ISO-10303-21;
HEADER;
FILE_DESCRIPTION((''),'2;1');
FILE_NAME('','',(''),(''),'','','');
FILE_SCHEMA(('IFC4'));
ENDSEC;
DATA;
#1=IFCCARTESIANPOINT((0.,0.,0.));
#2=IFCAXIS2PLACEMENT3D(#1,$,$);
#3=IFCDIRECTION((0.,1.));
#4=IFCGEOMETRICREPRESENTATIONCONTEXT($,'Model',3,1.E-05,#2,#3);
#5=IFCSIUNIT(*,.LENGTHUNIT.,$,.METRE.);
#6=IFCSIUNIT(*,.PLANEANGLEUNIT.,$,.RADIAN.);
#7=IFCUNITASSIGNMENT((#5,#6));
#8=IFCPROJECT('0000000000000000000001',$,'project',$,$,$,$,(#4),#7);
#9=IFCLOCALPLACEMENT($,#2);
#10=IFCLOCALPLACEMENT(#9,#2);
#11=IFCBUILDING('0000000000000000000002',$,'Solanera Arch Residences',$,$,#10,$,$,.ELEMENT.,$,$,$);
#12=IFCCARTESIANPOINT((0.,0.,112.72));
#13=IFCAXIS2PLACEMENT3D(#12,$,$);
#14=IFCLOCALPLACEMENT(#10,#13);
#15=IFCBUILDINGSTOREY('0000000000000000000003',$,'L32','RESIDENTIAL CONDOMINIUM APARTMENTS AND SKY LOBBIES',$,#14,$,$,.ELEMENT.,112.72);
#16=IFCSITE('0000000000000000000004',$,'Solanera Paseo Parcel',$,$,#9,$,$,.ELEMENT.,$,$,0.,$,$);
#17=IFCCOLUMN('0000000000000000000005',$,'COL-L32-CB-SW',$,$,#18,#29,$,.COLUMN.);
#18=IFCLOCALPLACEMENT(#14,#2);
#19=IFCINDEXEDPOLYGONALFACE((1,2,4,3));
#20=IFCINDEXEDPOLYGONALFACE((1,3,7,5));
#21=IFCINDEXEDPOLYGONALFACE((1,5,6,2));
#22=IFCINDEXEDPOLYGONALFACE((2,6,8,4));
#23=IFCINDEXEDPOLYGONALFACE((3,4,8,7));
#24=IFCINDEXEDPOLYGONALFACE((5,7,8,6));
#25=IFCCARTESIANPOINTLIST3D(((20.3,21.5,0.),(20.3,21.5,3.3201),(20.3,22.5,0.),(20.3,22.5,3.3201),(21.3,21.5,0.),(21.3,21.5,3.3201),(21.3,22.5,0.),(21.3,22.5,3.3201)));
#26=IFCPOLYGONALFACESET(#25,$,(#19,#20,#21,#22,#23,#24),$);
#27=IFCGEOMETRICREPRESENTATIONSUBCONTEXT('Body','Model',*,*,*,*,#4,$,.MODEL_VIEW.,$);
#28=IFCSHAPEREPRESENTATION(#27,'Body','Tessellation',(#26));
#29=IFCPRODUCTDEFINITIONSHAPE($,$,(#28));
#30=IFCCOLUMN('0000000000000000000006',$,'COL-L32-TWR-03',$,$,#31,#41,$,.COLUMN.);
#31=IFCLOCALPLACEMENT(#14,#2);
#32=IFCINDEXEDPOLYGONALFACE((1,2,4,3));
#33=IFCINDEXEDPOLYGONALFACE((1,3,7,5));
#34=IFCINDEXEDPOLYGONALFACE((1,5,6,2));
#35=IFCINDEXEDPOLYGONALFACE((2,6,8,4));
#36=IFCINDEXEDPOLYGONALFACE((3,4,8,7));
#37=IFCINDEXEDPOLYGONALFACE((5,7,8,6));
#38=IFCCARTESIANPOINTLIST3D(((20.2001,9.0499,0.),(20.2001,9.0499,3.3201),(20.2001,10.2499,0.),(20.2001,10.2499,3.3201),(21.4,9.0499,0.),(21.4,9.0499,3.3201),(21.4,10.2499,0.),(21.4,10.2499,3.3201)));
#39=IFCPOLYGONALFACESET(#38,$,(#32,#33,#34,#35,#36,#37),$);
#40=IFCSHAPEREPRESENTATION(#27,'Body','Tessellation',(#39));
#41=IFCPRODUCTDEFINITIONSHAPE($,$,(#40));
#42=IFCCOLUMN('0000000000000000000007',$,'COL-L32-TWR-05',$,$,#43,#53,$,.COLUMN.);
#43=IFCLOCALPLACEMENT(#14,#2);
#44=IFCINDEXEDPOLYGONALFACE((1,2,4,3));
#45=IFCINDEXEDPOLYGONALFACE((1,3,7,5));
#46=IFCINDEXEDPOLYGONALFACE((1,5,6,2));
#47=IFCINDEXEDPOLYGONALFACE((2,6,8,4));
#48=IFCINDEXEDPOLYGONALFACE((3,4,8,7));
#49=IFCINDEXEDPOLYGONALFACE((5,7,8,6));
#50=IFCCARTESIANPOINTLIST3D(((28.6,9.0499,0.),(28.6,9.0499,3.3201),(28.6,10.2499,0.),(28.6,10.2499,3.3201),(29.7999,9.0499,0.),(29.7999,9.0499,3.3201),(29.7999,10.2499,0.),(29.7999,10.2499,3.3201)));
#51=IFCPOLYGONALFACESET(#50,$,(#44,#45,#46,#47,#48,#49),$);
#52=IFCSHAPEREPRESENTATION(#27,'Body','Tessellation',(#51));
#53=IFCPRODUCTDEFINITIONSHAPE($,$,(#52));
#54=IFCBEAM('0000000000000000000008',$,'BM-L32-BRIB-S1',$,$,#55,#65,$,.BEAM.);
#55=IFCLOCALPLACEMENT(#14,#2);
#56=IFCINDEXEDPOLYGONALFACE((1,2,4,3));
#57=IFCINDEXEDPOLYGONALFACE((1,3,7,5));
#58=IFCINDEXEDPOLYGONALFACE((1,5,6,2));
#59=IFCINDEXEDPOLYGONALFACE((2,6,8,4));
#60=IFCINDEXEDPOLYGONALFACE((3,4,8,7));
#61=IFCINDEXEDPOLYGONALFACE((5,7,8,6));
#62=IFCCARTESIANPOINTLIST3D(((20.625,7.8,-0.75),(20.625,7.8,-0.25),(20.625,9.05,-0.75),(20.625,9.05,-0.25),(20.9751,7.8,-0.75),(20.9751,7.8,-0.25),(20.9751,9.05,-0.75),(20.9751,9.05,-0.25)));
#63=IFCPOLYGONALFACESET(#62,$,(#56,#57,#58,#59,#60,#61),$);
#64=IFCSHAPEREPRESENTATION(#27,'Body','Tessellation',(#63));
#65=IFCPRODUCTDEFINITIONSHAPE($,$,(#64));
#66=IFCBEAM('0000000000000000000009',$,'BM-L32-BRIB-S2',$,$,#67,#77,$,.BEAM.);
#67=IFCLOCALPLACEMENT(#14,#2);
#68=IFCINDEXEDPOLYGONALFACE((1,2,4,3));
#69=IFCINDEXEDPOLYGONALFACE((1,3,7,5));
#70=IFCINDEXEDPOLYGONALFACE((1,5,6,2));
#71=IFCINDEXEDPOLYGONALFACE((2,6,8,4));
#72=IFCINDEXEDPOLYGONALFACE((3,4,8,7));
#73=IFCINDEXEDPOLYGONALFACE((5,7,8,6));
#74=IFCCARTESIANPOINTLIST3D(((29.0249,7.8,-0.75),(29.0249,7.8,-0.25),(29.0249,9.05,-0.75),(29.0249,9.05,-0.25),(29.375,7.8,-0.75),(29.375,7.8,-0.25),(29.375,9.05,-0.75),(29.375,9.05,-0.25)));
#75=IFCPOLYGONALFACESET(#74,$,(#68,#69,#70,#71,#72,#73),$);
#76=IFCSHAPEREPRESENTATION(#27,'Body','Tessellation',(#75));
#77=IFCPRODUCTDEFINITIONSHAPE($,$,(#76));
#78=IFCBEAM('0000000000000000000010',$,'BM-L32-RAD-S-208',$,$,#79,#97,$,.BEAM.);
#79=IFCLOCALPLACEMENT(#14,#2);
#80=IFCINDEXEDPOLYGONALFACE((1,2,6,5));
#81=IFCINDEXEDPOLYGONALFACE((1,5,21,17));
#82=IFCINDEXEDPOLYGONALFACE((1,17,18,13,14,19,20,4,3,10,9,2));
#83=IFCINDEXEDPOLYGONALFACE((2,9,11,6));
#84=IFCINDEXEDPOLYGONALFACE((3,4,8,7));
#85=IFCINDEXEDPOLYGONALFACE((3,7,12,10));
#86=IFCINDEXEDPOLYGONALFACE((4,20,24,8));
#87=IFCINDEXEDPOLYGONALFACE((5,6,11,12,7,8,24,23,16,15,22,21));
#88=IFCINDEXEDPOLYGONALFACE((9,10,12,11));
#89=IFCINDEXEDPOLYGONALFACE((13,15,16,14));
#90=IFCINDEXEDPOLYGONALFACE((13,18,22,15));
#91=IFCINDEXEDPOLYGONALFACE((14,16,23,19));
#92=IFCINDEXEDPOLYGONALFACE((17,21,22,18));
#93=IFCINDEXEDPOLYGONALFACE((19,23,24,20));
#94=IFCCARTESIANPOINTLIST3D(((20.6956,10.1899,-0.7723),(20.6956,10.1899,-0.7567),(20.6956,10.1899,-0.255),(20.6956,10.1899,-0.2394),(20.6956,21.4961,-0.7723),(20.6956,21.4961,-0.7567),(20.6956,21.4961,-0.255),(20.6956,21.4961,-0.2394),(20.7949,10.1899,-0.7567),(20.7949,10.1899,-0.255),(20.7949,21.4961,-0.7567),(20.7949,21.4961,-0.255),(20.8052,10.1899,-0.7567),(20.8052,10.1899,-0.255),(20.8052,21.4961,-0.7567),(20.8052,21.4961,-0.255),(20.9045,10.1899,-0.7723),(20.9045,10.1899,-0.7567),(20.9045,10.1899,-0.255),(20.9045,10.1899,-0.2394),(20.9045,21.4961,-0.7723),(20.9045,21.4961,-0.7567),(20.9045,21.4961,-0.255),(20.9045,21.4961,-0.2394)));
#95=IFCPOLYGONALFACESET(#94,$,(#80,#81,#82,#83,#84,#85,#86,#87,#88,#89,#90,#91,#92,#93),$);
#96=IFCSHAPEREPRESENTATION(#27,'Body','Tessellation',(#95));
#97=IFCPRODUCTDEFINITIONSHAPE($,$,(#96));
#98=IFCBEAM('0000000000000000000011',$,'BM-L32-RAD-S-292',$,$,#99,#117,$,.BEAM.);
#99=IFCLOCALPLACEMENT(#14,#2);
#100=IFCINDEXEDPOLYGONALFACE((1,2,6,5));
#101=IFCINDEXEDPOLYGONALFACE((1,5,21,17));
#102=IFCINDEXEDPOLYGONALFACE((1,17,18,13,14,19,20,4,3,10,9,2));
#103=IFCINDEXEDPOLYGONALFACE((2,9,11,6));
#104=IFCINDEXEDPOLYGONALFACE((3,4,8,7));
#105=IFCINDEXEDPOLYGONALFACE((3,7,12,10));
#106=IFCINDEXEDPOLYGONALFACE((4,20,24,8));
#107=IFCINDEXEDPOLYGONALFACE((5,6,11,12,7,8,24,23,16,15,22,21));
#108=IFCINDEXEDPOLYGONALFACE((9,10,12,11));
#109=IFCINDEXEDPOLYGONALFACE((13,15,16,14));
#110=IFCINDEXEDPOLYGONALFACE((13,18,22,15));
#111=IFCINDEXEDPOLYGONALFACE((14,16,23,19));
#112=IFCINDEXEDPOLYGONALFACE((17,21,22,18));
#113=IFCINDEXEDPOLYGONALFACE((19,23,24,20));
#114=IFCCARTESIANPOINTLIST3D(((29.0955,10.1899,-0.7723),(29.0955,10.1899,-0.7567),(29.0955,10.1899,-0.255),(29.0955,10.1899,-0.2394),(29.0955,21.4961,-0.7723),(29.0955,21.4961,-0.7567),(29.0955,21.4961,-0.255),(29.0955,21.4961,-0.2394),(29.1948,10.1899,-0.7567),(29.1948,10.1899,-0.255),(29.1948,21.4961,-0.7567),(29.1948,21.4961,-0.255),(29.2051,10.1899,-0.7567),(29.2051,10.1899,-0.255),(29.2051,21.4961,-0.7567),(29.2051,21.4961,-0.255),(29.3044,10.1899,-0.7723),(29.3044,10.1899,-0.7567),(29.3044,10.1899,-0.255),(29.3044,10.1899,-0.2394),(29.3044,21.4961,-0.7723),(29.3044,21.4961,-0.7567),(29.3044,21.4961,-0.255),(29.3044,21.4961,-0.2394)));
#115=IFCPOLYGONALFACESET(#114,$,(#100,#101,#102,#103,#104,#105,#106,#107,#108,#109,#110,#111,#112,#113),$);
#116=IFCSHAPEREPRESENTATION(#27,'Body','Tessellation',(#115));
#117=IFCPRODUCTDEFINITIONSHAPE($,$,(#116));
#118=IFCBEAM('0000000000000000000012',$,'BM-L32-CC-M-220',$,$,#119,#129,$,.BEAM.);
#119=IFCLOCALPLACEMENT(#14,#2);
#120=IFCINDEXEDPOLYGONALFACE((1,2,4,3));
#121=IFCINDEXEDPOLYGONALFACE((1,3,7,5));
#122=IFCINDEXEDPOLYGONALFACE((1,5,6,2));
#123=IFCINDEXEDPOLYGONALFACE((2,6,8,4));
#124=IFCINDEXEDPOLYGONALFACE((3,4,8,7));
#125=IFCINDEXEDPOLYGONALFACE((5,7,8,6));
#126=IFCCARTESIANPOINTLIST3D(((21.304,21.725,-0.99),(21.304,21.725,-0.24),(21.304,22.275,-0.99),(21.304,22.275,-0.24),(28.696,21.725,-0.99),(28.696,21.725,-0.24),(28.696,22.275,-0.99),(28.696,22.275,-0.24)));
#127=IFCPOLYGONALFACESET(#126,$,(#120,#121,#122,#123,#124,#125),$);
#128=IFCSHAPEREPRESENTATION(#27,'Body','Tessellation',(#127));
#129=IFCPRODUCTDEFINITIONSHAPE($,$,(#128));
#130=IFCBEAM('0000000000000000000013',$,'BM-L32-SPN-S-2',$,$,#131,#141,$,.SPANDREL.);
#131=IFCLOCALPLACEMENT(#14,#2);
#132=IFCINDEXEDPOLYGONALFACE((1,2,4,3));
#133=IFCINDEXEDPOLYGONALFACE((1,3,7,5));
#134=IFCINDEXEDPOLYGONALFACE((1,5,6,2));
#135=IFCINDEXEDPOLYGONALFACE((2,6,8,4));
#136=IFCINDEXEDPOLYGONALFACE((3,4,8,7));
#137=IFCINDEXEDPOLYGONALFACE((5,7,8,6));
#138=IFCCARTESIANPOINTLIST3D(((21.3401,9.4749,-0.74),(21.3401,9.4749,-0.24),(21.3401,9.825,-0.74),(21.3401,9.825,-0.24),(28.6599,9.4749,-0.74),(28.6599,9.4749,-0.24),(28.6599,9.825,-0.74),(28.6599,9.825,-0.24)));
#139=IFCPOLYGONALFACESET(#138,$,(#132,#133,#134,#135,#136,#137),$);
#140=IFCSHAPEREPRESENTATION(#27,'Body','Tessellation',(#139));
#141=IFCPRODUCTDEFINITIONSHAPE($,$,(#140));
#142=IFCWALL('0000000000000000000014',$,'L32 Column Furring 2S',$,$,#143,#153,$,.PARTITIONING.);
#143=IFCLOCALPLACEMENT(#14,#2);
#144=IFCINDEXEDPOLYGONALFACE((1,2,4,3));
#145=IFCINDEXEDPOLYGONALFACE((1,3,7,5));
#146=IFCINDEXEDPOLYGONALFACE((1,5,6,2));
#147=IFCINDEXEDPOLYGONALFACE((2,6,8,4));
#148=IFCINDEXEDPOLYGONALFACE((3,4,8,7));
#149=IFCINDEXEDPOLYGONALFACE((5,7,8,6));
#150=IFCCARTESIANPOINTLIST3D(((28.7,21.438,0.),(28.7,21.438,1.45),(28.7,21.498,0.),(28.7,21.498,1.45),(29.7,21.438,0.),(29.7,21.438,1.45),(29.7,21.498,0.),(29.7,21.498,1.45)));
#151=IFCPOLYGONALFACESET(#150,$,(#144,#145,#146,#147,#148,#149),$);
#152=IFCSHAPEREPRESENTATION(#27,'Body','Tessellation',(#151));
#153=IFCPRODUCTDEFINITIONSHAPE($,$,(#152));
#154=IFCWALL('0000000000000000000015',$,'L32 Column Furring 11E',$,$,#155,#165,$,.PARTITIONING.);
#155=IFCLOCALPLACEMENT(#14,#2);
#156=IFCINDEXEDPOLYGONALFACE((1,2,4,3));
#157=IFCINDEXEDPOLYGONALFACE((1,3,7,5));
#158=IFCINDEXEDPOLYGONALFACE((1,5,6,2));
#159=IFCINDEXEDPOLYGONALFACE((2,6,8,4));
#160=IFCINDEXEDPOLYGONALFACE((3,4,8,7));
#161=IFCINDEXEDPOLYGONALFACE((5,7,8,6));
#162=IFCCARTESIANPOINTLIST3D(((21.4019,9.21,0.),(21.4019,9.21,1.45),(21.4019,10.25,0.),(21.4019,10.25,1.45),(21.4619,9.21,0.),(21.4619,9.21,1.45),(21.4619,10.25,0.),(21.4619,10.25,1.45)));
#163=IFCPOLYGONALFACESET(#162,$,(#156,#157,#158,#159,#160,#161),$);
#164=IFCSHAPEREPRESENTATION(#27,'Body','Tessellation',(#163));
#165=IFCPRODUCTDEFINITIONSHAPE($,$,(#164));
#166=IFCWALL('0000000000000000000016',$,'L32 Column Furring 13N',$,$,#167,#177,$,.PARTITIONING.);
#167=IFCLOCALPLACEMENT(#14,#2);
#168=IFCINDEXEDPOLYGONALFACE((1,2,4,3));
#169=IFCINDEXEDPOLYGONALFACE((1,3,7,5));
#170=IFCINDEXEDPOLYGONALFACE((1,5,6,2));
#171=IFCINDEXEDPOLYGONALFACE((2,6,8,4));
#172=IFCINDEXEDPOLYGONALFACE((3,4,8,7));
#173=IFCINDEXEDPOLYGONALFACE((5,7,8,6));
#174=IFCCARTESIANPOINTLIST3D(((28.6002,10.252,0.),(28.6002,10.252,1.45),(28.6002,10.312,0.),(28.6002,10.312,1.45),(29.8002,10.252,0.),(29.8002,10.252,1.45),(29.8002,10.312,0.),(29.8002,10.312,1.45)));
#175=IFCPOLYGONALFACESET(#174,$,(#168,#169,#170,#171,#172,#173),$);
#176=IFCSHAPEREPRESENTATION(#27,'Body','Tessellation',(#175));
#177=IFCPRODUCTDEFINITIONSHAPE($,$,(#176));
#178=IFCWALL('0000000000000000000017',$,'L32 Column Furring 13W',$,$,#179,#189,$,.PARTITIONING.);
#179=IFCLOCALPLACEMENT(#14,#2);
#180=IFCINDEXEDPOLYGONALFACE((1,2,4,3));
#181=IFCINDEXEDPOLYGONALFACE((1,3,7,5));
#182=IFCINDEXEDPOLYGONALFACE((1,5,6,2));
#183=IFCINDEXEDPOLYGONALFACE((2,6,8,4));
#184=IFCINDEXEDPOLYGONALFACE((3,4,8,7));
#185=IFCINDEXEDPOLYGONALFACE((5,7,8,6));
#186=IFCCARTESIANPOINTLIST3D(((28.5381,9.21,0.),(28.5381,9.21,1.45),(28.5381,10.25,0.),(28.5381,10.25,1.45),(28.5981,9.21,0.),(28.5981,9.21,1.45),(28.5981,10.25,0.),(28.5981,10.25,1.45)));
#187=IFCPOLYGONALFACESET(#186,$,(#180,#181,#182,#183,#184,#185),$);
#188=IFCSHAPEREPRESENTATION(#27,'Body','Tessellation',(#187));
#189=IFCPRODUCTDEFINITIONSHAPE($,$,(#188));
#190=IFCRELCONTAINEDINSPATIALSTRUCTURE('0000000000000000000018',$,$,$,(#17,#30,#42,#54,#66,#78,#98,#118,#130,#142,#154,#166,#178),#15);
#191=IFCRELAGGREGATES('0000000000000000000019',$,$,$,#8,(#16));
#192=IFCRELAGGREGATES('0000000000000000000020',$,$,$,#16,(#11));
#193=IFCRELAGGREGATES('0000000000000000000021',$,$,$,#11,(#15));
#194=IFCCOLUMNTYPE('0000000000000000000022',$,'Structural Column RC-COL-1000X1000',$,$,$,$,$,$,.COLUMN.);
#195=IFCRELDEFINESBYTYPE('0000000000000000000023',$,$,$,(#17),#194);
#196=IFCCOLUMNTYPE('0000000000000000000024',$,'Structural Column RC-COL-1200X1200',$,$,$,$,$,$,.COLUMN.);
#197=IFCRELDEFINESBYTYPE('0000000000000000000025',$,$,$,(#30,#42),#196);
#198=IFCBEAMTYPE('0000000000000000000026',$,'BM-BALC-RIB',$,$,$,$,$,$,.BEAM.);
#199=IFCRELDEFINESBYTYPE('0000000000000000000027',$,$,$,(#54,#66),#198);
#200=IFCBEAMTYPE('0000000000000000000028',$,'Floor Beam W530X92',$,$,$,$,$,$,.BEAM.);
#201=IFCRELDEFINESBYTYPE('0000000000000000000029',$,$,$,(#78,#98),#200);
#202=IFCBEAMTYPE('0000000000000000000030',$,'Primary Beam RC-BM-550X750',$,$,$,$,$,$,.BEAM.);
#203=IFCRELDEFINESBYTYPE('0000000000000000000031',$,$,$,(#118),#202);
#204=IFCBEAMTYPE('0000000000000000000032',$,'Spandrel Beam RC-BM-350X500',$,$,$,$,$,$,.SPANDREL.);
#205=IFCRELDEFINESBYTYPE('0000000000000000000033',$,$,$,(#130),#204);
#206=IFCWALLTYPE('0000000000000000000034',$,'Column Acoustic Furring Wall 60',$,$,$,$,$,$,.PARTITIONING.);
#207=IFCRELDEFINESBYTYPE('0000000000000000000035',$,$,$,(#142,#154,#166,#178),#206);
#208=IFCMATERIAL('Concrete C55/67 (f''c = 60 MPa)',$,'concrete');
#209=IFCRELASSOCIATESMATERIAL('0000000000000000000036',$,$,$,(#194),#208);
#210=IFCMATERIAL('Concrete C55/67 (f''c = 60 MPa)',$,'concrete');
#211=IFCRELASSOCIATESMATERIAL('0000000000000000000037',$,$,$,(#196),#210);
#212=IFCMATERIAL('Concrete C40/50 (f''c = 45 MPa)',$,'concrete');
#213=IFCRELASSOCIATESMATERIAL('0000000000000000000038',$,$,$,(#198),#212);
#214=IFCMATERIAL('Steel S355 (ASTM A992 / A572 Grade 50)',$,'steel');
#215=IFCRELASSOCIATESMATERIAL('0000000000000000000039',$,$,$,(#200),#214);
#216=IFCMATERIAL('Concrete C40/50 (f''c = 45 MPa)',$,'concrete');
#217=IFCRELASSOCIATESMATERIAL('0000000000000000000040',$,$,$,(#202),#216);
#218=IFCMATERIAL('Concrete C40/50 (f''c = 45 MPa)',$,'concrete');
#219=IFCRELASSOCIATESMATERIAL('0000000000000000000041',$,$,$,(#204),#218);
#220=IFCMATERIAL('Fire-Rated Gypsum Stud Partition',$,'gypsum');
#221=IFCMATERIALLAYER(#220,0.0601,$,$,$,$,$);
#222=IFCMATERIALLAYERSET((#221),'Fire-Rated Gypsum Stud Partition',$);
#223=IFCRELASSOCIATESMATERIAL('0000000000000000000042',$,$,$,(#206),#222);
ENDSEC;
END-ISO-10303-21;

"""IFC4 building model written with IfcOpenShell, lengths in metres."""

from ifc_helpers import new_model, si_unit, direction, frame, frame_2d, origin, origin_2d, place, context, subcontext, project, spatial, rectangle, i_section, extrude, material, layer, layer_set, material_profile, profile_set, type_object, element, save


model = new_model("IFC4")

# Units and contexts
model_context = context("Model", 3, precision=1e-05, world=origin(), true_north=direction((0.0, 1.0)))
body_context = subcontext(model_context, "Body", "Model", "MODEL_VIEW")
ifc_project = project(units=[si_unit("LENGTHUNIT", "METRE"), si_unit("PLANEANGLEUNIT", "RADIAN")], contexts=[model_context])

# Site, building, storey
site_placement = place(None, origin())
site = spatial("IfcSite", under=ifc_project, at=site_placement, Name="Solanera Paseo Parcel", CompositionType="ELEMENT", RefElevation=0.0)
building_placement = place(site_placement, origin())
building = spatial("IfcBuilding", under=site, at=building_placement, Name="Solanera Arch Residences", CompositionType="ELEMENT")
storey_placement = place(building_placement, frame((0.0, 0.0, 112.72)))
storey = spatial("IfcBuildingStorey", under=building, at=storey_placement, Name="L32", Description="RESIDENTIAL CONDOMINIUM APARTMENTS AND SKY LOBBIES", CompositionType="ELEMENT", Elevation=112.72)

# Columns
ifc_material_1 = material(Name="Concrete C55/67 (f'c = 60 MPa)", Category="concrete")
ifc_material_profile_1 = material_profile(ifc_material_1, rectangle(XDim=1.0, YDim=1.0, at=origin_2d()))
ifc_profile_set_1 = profile_set([ifc_material_profile_1], Name="Concrete C55/67 (f'c = 60 MPa)")
column_type_1 = type_object("IfcColumnType", Name="Structural Column RC-COL-1000X1000", PredefinedType="COLUMN", material=ifc_profile_set_1)
column_placement = place(storey_placement, frame((20.8, 22.0, 0.0), z_axis=(0.0, 0.0, 1.0), x_axis=(1.0, 0.0, 0.0)))
element("IfcColumn", 1, at=column_placement, inside=storey, type_object=column_type_1, Name="COL-L32-CB-SW", PredefinedType="COLUMN", context=body_context, shape_type="SweptSolid", body=[
    extrude(rectangle(XDim=1.0, YDim=1.0, at=origin_2d()), origin(), (0.0, 0.0, 1.0), 3.3201),
])
ifc_material_2 = material(Name="Concrete C55/67 (f'c = 60 MPa)", Category="concrete")
ifc_material_profile_2 = material_profile(ifc_material_2, rectangle(XDim=1.2, YDim=1.2, at=origin_2d()))
ifc_profile_set_2 = profile_set([ifc_material_profile_2], Name="Concrete C55/67 (f'c = 60 MPa)")
column_type_2 = type_object("IfcColumnType", Name="Structural Column RC-COL-1200X1200", PredefinedType="COLUMN", material=ifc_profile_set_2)
for number, where, z_axis, x_axis, name in (
    (2, (20.8, 9.6499, 0.0), (0.0, 0.0, 1.0), (1.0, 0.0, 0.0), "COL-L32-TWR-03"),
    (3, (29.2, 9.6499, 0.0), (0.0, 0.0, 1.0), (1.0, 0.0, 0.0), "COL-L32-TWR-05"),
):
    element("IfcColumn", number, at=place(storey_placement, frame(where, z_axis=z_axis, x_axis=x_axis)), inside=storey, type_object=column_type_2, Name=name, PredefinedType="COLUMN", context=body_context, shape_type="SweptSolid", body=[
        extrude(rectangle(XDim=1.2, YDim=1.2, at=origin_2d()), origin(), (0.0, 0.0, 1.0), 3.3201),
    ])

# Beams
ifc_material_3 = material(Name="Concrete C40/50 (f'c = 45 MPa)", Category="concrete")
ifc_material_profile_3 = material_profile(ifc_material_3, rectangle(XDim=0.3501, YDim=0.5, at=origin_2d()))
ifc_profile_set_3 = profile_set([ifc_material_profile_3], Name="Concrete C40/50 (f'c = 45 MPa)")
beam_type_1 = type_object("IfcBeamType", Name="BM-BALC-RIB", PredefinedType="BEAM", material=ifc_profile_set_3)
for number, where, z_axis, x_axis, name in (
    (4, (20.8, 7.8, -0.5), (0.0, 1.0, 0.0), (-1.0, 0.0, 0.0), "BM-L32-BRIB-S1"),
    (5, (29.2, 7.8, -0.5), (0.0, 1.0, 0.0), (-1.0, 0.0, 0.0), "BM-L32-BRIB-S2"),
):
    element("IfcBeam", number, at=place(storey_placement, frame(where, z_axis=z_axis, x_axis=x_axis)), inside=storey, type_object=beam_type_1, Name=name, PredefinedType="BEAM", context=body_context, shape_type="SweptSolid", body=[
        extrude(rectangle(XDim=0.3501, YDim=0.5, at=origin_2d()), origin(), (0.0, 0.0, 1.0), 1.25),
    ])
ifc_material_4 = material(Name="Steel S355 (ASTM A992 / A572 Grade 50)", Category="steel")
ifc_material_profile_4 = material_profile(ifc_material_4, i_section(OverallWidth=0.209, OverallDepth=0.533, WebThickness=0.0103, FlangeThickness=0.0156, at=origin_2d()))
ifc_profile_set_4 = profile_set([ifc_material_profile_4], Name="Steel S355 (ASTM A992 / A572 Grade 50)")
beam_type_2 = type_object("IfcBeamType", Name="Floor Beam W530X92", PredefinedType="BEAM", material=ifc_profile_set_4)
for number, where, z_axis, x_axis, name in (
    (6, (20.8, 10.1899, -0.5059), (0.0, 1.0, 0.0), (-1.0, 0.0, 0.0), "BM-L32-RAD-S-208"),
    (7, (29.2, 10.1899, -0.5059), (0.0, 1.0, 0.0), (-1.0, 0.0, 0.0), "BM-L32-RAD-S-292"),
):
    element("IfcBeam", number, at=place(storey_placement, frame(where, z_axis=z_axis, x_axis=x_axis)), inside=storey, type_object=beam_type_2, Name=name, PredefinedType="BEAM", context=body_context, shape_type="SweptSolid", body=[
        extrude(i_section(OverallWidth=0.209, OverallDepth=0.533, WebThickness=0.0103, FlangeThickness=0.0156, at=origin_2d()), origin(), (0.0, 0.0, 1.0), 11.3062),
    ])
ifc_material_5 = material(Name="Concrete C40/50 (f'c = 45 MPa)", Category="concrete")
ifc_material_profile_5 = material_profile(ifc_material_5, rectangle(XDim=0.55, YDim=0.75, at=origin_2d()))
ifc_profile_set_5 = profile_set([ifc_material_profile_5], Name="Concrete C40/50 (f'c = 45 MPa)")
beam_type_3 = type_object("IfcBeamType", Name="Primary Beam RC-BM-550X750", PredefinedType="BEAM", material=ifc_profile_set_5)
beam_1_placement = place(storey_placement, frame((21.304, 22.0, -0.615), z_axis=(1.0, 0.0, 0.0), x_axis=(0.0, 1.0, 0.0)))
element("IfcBeam", 8, at=beam_1_placement, inside=storey, type_object=beam_type_3, Name="BM-L32-CC-M-220", PredefinedType="BEAM", context=body_context, shape_type="SweptSolid", body=[
    extrude(rectangle(XDim=0.55, YDim=0.75, at=origin_2d()), origin(), (0.0, 0.0, 1.0), 7.3921),
])
ifc_material_6 = material(Name="Concrete C40/50 (f'c = 45 MPa)", Category="concrete")
ifc_material_profile_6 = material_profile(ifc_material_6, rectangle(XDim=0.3501, YDim=0.5, at=origin_2d()))
ifc_profile_set_6 = profile_set([ifc_material_profile_6], Name="Concrete C40/50 (f'c = 45 MPa)")
beam_type_4 = type_object("IfcBeamType", Name="Spandrel Beam RC-BM-350X500", PredefinedType="SPANDREL", material=ifc_profile_set_6)
beam_2_placement = place(storey_placement, frame((21.3401, 9.6499, -0.49), z_axis=(1.0, 0.0, 0.0), x_axis=(0.0, 1.0, 0.0)))
element("IfcBeam", 9, at=beam_2_placement, inside=storey, type_object=beam_type_4, Name="BM-L32-SPN-S-2", PredefinedType="SPANDREL", context=body_context, shape_type="SweptSolid", body=[
    extrude(rectangle(XDim=0.3501, YDim=0.5, at=origin_2d()), origin(), (0.0, 0.0, 1.0), 7.3198),
])

# Walls
ifc_material_7 = material(Name="Fire-Rated Gypsum Stud Partition", Category="gypsum")
ifc_layer_1 = layer(ifc_material_7, 0.0601)
ifc_layer_set_1 = layer_set([ifc_layer_1], Name="Fire-Rated Gypsum Stud Partition")
wall_type_1 = type_object("IfcWallType", Name="Column Acoustic Furring Wall 60", PredefinedType="PARTITIONING", material=ifc_layer_set_1)
wall_1_placement = place(storey_placement, frame((28.7, 21.468, 0.0), z_axis=(0.0, 0.0, 1.0), x_axis=(1.0, 0.0, 0.0)))
element("IfcWall", 10, at=wall_1_placement, inside=storey, type_object=wall_type_1, Name="L32 Column Furring 2S", PredefinedType="PARTITIONING", context=body_context, shape_type="SweptSolid", body=[
    extrude(rectangle(XDim=1.0, YDim=0.0601, at=frame_2d((0.5, 0.0))), origin(), (0.0, 0.0, 1.0), 1.45),
])
wall_2_placement = place(storey_placement, frame((21.4319, 9.21, 0.0), z_axis=(0.0, 0.0, 1.0), x_axis=(0.0, 1.0, 0.0)))
element("IfcWall", 11, at=wall_2_placement, inside=storey, type_object=wall_type_1, Name="L32 Column Furring 11E", PredefinedType="PARTITIONING", context=body_context, shape_type="SweptSolid", body=[
    extrude(rectangle(XDim=1.04, YDim=0.0601, at=frame_2d((0.52, 0.0))), origin(), (0.0, 0.0, 1.0), 1.45),
])
wall_3_placement = place(storey_placement, frame((28.6001, 10.282, 0.0), z_axis=(0.0, 0.0, 1.0), x_axis=(1.0, 0.0, 0.0)))
element("IfcWall", 12, at=wall_3_placement, inside=storey, type_object=wall_type_1, Name="L32 Column Furring 13N", PredefinedType="PARTITIONING", context=body_context, shape_type="SweptSolid", body=[
    extrude(rectangle(XDim=1.2, YDim=0.0601, at=frame_2d((0.6001, 0.0))), origin(), (0.0, 0.0, 1.0), 1.45),
])
wall_4_placement = place(storey_placement, frame((28.5681, 9.21, 0.0), z_axis=(0.0, 0.0, 1.0), x_axis=(0.0, 1.0, 0.0)))
element("IfcWall", 13, at=wall_4_placement, inside=storey, type_object=wall_type_1, Name="L32 Column Furring 13W", PredefinedType="PARTITIONING", context=body_context, shape_type="SweptSolid", body=[
    extrude(rectangle(XDim=1.04, YDim=0.0601, at=frame_2d((0.52, 0.0))), origin(), (0.0, 0.0, 1.0), 1.45),
])

save(model, "model.ifc")
